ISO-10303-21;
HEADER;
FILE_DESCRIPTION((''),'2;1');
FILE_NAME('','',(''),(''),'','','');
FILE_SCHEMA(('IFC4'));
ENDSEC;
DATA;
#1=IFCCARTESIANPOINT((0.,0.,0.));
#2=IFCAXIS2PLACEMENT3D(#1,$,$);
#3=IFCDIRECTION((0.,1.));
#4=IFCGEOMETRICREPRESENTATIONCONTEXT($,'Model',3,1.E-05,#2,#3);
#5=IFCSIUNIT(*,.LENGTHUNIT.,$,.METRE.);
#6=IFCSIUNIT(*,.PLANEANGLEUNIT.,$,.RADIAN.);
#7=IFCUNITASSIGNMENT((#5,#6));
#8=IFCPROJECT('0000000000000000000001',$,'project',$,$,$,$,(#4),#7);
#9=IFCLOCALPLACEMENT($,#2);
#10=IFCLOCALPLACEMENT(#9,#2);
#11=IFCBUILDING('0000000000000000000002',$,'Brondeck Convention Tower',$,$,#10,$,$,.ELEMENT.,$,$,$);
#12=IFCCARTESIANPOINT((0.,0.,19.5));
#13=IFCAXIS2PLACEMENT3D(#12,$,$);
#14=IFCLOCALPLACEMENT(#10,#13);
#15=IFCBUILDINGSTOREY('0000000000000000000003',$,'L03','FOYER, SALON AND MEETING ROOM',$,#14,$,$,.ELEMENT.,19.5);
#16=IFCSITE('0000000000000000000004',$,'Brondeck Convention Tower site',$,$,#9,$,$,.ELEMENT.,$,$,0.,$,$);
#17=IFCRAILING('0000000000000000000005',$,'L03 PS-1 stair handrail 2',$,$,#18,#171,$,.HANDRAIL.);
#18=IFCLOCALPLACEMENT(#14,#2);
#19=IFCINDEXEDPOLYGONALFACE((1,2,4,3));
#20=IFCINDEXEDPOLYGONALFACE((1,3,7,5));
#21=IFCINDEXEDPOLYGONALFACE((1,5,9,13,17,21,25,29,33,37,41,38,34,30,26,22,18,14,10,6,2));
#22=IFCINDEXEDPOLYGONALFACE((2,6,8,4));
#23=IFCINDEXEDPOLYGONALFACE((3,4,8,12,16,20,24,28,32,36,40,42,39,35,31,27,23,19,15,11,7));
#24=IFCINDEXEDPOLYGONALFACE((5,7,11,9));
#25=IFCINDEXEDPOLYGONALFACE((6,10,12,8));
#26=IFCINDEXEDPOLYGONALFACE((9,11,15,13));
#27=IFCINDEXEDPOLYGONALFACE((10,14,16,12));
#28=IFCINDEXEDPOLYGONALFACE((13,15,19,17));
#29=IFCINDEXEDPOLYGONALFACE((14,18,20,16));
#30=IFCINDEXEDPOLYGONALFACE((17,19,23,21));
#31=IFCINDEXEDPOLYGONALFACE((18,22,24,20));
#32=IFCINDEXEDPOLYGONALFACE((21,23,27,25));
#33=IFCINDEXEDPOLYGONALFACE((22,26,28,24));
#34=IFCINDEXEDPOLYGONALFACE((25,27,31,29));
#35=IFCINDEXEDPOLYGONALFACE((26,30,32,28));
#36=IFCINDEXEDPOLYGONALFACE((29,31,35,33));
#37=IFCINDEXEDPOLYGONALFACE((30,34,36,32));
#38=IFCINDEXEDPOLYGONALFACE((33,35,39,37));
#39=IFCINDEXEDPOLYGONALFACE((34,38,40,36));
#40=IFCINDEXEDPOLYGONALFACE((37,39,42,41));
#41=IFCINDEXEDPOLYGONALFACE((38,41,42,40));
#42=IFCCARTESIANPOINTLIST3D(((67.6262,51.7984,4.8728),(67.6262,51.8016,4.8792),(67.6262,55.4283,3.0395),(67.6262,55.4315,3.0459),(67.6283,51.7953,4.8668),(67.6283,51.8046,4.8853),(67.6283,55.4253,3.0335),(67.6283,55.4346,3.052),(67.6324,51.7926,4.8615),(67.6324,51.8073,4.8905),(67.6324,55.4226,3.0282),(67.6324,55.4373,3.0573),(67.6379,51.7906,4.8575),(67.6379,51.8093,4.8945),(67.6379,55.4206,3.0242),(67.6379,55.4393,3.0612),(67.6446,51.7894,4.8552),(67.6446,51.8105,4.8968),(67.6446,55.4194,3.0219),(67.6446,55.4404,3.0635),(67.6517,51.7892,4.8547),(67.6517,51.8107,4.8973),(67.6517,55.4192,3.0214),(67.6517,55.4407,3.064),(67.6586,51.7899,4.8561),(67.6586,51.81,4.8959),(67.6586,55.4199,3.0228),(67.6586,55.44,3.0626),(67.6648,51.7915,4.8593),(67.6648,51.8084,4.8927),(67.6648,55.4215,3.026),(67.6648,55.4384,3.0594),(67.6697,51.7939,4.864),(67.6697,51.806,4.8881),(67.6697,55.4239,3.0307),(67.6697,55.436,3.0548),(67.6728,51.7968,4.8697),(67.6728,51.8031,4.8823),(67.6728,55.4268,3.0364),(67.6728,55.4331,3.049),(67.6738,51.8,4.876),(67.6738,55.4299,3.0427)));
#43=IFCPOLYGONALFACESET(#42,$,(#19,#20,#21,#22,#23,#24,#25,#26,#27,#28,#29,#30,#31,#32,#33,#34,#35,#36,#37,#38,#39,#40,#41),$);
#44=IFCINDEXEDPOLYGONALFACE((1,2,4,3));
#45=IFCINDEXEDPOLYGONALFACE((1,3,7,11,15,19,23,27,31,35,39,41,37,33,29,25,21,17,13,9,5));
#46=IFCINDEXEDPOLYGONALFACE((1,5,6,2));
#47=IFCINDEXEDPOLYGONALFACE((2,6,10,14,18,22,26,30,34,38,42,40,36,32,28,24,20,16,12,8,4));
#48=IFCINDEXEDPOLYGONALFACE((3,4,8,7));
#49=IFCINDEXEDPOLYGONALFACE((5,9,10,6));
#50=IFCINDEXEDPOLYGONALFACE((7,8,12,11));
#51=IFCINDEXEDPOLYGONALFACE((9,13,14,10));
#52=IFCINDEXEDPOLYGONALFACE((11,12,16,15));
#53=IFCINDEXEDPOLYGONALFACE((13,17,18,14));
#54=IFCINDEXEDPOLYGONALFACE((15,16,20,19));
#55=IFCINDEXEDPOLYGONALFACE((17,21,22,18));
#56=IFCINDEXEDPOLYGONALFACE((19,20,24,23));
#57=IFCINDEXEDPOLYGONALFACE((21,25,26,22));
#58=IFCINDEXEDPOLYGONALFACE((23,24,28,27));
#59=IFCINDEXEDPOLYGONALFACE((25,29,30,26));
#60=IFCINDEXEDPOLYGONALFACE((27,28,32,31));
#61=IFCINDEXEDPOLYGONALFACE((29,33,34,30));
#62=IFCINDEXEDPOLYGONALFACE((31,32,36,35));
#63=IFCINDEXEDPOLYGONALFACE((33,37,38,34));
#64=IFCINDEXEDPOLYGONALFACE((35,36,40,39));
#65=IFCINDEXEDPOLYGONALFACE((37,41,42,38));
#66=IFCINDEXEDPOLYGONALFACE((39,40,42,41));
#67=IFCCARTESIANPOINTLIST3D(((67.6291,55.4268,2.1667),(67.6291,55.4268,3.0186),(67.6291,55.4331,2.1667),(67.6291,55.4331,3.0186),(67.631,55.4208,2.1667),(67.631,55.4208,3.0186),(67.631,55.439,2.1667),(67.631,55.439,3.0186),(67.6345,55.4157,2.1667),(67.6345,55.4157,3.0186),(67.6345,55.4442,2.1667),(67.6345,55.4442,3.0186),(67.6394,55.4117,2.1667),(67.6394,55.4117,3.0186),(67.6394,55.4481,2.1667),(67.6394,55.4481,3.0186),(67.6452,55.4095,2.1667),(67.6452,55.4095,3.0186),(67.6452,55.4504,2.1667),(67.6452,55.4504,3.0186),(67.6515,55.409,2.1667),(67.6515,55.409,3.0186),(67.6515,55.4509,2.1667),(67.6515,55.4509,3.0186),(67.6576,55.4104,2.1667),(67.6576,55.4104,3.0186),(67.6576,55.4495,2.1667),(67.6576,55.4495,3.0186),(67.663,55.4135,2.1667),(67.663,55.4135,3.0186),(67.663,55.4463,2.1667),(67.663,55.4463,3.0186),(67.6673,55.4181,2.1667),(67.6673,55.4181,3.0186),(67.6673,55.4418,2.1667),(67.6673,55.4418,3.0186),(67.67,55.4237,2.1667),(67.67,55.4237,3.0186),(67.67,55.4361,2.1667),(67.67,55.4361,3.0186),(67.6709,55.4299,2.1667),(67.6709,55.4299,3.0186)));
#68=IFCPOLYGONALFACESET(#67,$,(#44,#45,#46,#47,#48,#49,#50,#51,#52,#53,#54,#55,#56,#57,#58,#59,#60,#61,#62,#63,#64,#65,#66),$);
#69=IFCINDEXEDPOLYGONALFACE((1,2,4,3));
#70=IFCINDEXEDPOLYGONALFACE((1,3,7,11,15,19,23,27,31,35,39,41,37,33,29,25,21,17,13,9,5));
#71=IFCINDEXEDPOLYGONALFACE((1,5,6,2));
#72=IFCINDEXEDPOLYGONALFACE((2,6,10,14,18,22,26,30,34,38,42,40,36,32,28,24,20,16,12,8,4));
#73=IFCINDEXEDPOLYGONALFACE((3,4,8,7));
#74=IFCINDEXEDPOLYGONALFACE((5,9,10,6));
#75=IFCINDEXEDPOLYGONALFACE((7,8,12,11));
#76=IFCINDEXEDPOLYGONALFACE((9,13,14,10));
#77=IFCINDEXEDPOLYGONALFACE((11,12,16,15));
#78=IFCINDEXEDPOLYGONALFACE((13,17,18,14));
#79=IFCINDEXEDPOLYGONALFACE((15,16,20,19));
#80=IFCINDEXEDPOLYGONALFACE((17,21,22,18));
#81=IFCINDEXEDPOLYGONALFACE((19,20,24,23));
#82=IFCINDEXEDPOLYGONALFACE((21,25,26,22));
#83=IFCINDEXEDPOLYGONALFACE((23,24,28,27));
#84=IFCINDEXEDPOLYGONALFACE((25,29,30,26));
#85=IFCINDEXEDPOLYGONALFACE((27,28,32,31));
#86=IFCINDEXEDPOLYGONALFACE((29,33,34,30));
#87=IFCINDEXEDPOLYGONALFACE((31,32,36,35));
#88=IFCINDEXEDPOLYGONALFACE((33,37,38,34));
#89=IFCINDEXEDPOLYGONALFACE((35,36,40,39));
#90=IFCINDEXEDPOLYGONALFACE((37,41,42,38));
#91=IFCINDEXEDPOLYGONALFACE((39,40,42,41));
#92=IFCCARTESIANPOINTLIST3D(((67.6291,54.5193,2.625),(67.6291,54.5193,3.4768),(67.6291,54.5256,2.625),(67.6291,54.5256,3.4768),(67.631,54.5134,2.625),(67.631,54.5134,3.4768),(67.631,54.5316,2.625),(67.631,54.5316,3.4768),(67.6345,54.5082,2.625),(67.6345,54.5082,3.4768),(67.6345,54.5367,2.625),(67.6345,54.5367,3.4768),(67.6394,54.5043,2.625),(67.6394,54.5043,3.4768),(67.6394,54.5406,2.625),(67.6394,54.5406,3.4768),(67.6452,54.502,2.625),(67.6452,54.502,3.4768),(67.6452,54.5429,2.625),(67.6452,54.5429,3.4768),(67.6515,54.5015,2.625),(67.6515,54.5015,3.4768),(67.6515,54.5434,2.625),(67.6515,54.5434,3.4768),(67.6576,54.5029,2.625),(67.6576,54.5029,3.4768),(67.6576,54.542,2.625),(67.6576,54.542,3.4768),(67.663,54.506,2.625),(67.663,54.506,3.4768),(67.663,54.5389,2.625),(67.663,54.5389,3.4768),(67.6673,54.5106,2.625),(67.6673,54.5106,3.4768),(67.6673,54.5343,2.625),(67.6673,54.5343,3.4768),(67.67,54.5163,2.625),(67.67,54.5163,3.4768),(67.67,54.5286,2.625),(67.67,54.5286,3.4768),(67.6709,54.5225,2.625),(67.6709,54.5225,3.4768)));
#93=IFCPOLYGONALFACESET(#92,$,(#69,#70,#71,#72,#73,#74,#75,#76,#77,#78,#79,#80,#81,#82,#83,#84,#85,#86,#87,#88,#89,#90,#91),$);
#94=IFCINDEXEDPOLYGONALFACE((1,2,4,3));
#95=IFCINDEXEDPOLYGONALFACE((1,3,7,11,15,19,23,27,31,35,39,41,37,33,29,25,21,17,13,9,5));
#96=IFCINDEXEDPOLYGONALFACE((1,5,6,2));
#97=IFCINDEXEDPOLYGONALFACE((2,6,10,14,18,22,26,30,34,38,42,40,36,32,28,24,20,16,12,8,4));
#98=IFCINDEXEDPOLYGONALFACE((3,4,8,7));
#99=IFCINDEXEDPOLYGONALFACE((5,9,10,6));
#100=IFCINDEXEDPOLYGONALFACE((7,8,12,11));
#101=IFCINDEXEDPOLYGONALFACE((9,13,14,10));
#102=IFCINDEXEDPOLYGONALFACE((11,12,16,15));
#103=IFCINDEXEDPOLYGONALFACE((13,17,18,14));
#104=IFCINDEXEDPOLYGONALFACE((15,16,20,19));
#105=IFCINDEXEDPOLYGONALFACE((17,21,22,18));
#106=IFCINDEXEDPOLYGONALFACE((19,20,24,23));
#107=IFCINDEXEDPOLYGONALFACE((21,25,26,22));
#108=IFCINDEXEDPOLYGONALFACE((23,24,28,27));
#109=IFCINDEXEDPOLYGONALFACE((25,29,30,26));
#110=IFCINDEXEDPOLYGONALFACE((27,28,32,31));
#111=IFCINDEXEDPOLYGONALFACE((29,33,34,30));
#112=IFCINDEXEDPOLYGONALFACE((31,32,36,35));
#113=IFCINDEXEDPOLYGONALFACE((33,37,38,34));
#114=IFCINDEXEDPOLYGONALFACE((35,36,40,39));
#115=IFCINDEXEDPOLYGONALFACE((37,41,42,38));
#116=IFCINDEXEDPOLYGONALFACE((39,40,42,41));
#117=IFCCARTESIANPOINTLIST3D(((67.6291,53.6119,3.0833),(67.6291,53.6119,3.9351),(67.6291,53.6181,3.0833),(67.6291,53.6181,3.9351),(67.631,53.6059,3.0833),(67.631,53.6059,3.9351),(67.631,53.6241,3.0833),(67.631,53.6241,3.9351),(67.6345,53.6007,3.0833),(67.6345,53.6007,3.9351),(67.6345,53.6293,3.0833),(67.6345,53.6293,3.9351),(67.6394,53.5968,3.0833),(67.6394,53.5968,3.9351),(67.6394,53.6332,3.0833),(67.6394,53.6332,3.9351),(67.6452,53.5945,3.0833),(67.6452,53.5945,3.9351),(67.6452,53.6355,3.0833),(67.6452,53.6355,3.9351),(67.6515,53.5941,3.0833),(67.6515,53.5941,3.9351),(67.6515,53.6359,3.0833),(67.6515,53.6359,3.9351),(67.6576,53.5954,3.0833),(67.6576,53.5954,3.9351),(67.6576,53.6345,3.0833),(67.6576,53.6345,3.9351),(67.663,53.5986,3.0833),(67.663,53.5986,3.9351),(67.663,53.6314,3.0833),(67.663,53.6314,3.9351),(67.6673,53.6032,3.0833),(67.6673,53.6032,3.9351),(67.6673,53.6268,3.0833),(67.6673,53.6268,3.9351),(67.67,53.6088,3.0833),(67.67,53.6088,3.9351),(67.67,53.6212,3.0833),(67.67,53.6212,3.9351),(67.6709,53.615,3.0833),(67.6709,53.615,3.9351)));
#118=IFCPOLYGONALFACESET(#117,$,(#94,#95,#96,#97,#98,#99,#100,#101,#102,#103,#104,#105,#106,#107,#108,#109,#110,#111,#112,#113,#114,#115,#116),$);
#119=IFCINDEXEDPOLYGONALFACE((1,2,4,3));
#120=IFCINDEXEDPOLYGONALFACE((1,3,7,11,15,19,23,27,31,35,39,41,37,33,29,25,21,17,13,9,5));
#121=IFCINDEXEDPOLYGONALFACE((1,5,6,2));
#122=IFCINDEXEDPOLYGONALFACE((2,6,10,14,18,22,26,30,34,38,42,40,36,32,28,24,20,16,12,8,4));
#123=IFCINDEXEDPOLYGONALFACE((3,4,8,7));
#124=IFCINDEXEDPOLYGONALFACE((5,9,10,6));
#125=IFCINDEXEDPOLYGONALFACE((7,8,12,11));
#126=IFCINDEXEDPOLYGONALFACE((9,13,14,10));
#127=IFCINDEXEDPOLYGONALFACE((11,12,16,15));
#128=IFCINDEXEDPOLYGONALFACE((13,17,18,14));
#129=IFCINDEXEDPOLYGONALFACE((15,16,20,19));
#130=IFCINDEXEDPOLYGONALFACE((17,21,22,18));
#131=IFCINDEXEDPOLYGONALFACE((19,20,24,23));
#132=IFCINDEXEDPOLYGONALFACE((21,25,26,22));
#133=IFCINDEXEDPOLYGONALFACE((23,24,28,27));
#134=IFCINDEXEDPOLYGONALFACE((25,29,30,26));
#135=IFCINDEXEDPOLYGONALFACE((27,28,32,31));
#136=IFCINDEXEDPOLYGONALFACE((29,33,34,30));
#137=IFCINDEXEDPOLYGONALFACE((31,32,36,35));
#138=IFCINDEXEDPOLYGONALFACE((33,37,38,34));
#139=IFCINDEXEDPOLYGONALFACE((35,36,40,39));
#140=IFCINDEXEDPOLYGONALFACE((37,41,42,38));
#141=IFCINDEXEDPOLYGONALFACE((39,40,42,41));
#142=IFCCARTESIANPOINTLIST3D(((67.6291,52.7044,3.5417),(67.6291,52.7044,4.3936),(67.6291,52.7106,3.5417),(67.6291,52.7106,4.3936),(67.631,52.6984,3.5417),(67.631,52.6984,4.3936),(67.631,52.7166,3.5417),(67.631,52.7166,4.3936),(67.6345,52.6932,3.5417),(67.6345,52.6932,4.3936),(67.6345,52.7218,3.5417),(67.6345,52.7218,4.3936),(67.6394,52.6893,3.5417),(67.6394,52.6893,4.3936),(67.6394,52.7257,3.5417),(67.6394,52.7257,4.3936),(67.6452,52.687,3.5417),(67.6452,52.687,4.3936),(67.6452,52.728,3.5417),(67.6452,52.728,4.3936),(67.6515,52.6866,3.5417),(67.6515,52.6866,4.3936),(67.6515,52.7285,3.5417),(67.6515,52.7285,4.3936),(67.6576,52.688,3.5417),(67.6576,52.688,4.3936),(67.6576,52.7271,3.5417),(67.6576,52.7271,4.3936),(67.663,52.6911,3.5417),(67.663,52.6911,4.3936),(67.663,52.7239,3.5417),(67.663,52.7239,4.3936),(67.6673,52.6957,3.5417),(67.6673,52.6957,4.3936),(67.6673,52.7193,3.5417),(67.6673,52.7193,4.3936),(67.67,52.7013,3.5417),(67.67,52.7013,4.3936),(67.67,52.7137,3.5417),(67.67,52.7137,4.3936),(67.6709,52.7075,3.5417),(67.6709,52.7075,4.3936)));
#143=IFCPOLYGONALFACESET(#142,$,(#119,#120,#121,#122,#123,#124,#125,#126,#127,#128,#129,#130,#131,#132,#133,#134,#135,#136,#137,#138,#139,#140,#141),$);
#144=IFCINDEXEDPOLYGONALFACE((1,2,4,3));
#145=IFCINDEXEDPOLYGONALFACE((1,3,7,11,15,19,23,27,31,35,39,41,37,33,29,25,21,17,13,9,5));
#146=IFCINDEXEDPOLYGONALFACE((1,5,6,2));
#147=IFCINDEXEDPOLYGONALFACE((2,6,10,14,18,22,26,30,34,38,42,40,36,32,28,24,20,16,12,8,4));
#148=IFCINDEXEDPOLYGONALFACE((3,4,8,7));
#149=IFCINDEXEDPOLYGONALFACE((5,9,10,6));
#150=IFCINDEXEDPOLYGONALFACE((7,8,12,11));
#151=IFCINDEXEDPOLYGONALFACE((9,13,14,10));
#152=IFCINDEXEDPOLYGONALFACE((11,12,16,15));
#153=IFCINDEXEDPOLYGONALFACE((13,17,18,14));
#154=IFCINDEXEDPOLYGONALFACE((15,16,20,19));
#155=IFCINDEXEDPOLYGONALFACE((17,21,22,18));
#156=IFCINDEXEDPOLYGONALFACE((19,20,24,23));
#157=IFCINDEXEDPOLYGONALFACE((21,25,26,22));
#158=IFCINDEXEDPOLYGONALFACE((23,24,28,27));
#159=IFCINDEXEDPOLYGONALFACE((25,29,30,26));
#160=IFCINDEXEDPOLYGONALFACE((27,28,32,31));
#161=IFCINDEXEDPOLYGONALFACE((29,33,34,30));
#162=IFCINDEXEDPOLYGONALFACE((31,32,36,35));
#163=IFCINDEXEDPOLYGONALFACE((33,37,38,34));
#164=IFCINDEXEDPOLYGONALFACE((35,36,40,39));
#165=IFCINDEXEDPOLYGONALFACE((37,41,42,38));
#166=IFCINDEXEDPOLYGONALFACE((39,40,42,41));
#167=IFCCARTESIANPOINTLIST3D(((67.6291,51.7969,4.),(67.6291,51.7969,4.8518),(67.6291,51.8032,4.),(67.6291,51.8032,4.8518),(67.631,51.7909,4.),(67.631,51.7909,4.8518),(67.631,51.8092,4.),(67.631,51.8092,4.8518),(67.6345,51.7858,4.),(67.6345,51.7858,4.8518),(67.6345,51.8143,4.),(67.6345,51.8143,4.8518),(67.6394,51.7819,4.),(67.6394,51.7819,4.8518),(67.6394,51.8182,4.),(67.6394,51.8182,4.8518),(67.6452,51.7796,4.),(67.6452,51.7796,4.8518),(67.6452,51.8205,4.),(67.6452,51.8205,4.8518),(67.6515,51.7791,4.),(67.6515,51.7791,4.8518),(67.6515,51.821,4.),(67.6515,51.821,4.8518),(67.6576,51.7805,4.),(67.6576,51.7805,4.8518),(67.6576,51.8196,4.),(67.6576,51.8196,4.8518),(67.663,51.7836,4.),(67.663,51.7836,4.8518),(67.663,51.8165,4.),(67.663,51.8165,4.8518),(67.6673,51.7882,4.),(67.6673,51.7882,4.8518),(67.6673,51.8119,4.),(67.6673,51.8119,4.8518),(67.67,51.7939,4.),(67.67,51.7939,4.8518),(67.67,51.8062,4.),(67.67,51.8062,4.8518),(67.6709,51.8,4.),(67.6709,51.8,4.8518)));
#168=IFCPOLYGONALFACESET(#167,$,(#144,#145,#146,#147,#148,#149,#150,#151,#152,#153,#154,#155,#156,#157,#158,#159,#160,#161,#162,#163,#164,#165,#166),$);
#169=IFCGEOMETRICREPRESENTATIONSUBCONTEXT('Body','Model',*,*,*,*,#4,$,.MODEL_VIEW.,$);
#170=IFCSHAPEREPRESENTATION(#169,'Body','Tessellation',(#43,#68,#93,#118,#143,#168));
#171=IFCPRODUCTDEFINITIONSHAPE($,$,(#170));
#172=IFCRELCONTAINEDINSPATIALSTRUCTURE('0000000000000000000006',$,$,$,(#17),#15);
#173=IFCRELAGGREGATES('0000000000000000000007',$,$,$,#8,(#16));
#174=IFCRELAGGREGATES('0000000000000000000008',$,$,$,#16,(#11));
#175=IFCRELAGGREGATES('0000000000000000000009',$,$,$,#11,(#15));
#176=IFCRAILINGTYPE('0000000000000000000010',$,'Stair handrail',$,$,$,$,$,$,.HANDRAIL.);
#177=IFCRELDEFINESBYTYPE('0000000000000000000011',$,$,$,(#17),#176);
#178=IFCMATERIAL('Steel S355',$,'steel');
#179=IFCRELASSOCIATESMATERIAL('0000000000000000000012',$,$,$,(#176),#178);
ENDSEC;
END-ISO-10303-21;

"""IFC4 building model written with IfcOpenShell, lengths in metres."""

from ifc_helpers import new_model, si_unit, direction, frame, origin, origin_2d, place, context, subcontext, project, spatial, circle, extrude, material, type_object, element, save


model = new_model("IFC4")

# Units and contexts
model_context = context("Model", 3, precision=1e-05, world=origin(), true_north=direction((0.0, 1.0)))
body_context = subcontext(model_context, "Body", "Model", "MODEL_VIEW")
ifc_project = project(units=[si_unit("LENGTHUNIT", "METRE"), si_unit("PLANEANGLEUNIT", "RADIAN")], contexts=[model_context])

# Site, building, storey
site_placement = place(None, origin())
site = spatial("IfcSite", under=ifc_project, at=site_placement, Name="Brondeck Convention Tower site", CompositionType="ELEMENT", RefElevation=0.0)
building_placement = place(site_placement, origin())
building = spatial("IfcBuilding", under=site, at=building_placement, Name="Brondeck Convention Tower", CompositionType="ELEMENT")
storey_placement = place(building_placement, frame((0.0, 0.0, 19.5)))
storey = spatial("IfcBuildingStorey", under=building, at=storey_placement, Name="L03", Description="FOYER, SALON AND MEETING ROOM", CompositionType="ELEMENT", Elevation=19.5)

# Railing
ifc_material_1 = material(Name="Steel S355", Category="steel")
railing_type_1 = type_object("IfcRailingType", Name="Stair handrail", PredefinedType="HANDRAIL", material=ifc_material_1)
railing_1_placement = place(storey_placement, frame((67.6499, 55.4299, 2.1667)))
element("IfcRailing", 1, at=railing_1_placement, inside=storey, type_object=railing_type_1, Name="L03 PS-1 stair handrail 2", PredefinedType="HANDRAIL", context=body_context, shape_type="SweptSolid", body=[
    extrude(circle(Radius=0.0239, at=origin_2d()), frame((0.0, 0.0, 0.876), z_axis=(0.0, -0.892619, 0.450812), x_axis=(1.0, 0.0, 0.0)), (0.0, 0.0, 1.0), 4.0667),
    extrude(circle(Radius=0.021, at=origin_2d()), origin(), (0.0, 0.0, 1.0), 0.8518),
    extrude(circle(Radius=0.021, at=origin_2d()), frame((0.0, -0.9075, 0.4583)), (0.0, 0.0, 1.0), 0.8518),
    extrude(circle(Radius=0.021, at=origin_2d()), frame((0.0, -1.8149, 0.9165)), (0.0, 0.0, 1.0), 0.8518),
    extrude(circle(Radius=0.021, at=origin_2d()), frame((0.0, -2.7224, 1.375)), (0.0, 0.0, 1.0), 0.8518),
    extrude(circle(Radius=0.021, at=origin_2d()), frame((0.0, -3.6299, 1.8333)), (0.0, 0.0, 1.0), 0.8518),
])

save(model, "model.ifc")
